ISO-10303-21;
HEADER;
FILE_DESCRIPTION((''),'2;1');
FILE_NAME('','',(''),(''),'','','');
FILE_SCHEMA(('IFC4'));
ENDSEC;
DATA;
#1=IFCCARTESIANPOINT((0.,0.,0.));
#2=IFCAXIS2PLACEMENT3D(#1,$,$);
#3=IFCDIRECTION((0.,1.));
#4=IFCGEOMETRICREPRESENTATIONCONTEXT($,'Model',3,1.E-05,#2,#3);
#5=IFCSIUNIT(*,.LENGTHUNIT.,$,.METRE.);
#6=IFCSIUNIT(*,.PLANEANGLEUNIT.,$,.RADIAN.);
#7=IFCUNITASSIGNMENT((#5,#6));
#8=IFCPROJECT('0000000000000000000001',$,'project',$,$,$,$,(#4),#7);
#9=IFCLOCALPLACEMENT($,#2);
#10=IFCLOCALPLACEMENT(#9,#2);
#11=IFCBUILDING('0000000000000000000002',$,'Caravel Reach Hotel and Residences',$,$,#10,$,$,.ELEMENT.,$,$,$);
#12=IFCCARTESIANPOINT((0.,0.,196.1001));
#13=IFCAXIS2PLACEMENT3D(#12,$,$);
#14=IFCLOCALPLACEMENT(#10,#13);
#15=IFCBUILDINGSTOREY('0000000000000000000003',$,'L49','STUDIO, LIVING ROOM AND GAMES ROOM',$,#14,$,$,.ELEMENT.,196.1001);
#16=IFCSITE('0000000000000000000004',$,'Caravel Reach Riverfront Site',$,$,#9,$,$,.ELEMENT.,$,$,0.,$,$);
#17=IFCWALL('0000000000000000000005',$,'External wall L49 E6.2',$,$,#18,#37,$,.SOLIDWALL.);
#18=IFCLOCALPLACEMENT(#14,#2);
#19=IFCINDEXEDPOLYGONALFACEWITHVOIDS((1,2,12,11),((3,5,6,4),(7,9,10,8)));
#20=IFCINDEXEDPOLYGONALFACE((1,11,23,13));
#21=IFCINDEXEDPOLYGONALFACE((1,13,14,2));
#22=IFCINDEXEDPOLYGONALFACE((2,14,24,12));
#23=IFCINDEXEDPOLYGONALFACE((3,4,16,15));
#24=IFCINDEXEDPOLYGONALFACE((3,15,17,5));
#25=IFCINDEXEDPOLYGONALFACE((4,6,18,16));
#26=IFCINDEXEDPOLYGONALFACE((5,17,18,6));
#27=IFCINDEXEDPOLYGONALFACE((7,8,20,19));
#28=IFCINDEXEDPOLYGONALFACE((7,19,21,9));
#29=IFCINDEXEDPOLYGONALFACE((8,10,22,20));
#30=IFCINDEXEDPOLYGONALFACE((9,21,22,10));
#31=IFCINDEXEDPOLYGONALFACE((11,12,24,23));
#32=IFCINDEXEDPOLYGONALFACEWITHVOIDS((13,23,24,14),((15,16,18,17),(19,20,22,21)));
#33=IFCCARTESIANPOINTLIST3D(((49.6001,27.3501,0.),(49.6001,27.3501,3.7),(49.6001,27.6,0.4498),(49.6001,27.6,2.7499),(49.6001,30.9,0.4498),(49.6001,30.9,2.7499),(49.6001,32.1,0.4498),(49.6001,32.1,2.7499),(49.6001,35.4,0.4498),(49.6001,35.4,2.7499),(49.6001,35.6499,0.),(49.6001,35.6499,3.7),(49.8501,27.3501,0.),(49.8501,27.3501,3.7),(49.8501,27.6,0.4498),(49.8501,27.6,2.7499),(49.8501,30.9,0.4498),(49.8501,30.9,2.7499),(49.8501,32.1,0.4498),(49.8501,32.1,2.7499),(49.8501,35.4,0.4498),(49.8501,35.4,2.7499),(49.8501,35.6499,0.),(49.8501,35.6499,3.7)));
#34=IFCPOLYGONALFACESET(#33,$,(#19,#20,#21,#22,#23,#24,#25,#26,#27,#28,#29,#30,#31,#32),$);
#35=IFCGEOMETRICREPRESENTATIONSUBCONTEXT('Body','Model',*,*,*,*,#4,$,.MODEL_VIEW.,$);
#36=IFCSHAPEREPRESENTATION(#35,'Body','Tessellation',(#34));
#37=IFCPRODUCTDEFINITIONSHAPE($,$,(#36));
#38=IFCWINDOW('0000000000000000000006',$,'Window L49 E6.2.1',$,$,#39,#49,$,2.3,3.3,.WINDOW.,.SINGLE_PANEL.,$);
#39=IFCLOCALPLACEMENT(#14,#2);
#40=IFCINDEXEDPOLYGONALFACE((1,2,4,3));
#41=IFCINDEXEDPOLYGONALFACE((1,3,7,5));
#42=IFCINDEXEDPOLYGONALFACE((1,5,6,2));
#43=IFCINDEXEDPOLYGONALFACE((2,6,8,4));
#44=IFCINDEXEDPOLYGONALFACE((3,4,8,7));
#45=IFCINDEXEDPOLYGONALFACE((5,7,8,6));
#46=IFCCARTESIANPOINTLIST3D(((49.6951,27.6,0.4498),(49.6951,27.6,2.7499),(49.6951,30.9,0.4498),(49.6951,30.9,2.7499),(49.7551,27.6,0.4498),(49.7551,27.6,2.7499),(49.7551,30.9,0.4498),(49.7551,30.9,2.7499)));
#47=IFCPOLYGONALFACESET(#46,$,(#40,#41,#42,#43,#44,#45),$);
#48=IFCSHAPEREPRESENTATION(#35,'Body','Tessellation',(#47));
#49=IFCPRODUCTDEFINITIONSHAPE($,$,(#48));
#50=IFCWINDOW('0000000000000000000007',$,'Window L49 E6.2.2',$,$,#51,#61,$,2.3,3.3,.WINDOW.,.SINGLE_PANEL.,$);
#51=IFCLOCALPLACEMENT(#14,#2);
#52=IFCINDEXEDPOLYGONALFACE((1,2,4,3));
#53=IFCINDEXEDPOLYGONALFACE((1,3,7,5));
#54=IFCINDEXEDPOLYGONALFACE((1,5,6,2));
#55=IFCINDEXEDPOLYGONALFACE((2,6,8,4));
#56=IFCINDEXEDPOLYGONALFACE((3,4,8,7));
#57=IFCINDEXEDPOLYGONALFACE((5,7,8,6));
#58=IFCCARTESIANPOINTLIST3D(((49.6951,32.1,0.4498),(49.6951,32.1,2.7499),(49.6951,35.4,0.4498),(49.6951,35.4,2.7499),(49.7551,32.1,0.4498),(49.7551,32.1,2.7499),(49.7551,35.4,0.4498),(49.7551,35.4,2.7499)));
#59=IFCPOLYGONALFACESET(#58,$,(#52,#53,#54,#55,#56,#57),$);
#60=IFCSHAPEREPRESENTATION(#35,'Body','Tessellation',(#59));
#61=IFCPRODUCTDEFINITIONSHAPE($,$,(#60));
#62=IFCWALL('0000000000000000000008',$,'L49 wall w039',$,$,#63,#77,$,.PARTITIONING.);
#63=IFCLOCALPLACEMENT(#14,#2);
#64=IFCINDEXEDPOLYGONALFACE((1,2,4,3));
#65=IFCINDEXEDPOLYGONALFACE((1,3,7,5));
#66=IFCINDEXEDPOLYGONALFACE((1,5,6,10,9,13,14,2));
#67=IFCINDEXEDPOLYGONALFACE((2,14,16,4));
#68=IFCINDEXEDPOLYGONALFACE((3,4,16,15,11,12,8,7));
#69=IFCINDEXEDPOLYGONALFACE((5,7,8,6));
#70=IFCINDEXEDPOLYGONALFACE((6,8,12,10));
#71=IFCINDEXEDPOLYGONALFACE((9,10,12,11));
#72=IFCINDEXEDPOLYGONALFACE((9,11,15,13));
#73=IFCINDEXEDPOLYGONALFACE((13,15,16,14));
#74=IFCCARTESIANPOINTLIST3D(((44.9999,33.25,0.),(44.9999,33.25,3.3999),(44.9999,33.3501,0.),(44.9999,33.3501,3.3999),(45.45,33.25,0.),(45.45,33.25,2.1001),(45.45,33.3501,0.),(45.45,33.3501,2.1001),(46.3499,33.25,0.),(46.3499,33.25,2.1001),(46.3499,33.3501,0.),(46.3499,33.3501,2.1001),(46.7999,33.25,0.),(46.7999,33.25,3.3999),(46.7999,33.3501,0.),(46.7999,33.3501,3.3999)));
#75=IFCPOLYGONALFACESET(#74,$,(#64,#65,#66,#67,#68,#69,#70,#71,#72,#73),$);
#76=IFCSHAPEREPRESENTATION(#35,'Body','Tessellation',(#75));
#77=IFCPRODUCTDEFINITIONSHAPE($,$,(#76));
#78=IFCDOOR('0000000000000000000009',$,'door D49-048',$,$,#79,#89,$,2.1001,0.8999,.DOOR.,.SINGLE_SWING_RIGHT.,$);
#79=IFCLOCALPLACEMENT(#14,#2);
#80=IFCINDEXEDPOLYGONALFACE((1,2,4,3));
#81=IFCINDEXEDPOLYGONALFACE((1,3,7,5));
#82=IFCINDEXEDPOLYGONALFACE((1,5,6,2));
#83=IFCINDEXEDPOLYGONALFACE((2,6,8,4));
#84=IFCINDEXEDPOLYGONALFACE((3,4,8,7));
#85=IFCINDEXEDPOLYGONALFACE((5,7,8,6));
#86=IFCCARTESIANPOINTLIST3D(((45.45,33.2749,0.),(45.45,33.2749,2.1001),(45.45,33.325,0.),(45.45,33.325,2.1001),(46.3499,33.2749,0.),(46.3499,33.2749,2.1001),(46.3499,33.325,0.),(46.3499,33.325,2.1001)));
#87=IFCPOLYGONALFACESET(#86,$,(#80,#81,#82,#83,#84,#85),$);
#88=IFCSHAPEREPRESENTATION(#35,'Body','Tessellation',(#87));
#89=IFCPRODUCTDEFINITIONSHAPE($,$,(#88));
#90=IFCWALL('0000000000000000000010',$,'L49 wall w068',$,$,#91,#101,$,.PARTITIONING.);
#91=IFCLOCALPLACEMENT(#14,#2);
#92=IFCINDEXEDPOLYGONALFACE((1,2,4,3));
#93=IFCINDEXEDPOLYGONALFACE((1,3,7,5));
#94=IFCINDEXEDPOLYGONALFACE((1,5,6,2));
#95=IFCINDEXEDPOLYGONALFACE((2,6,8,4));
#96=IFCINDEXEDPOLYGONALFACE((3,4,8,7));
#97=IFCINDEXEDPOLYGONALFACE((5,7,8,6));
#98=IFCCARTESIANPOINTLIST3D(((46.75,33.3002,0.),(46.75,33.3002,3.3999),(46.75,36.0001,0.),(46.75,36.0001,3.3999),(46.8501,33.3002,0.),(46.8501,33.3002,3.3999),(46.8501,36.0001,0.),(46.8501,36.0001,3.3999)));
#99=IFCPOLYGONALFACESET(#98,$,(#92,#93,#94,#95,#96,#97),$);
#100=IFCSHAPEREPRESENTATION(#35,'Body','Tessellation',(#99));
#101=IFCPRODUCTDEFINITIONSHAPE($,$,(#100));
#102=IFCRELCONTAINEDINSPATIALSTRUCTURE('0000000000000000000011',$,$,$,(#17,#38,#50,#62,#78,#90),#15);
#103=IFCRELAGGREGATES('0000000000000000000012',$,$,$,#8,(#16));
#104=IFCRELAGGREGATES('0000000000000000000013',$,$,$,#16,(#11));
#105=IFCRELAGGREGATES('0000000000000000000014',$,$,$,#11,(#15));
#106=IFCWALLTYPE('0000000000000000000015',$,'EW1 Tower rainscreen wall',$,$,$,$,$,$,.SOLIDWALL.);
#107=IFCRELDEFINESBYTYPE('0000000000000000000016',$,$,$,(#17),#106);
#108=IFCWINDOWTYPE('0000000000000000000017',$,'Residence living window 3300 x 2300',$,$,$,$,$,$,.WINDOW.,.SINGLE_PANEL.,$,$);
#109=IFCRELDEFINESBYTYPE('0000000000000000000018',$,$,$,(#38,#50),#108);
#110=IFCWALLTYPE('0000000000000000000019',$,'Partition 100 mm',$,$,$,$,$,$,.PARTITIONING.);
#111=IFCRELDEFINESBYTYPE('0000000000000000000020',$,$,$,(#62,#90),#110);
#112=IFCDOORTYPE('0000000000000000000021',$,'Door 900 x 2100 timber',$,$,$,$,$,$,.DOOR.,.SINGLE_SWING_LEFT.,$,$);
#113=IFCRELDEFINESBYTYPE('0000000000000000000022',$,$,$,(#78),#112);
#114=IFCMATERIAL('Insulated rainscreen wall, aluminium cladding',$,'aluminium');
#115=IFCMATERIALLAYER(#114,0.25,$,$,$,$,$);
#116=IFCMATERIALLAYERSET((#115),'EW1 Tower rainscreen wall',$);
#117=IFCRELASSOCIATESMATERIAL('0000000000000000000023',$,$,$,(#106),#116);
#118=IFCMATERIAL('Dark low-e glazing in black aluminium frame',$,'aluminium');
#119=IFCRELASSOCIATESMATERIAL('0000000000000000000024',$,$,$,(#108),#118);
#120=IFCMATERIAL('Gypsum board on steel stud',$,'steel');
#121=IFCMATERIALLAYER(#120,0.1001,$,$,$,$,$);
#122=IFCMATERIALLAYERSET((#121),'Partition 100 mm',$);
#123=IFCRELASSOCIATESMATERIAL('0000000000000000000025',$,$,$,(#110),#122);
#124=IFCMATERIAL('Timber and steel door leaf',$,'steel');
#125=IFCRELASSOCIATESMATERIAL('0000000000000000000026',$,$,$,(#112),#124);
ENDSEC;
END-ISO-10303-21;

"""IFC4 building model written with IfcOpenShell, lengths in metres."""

from ifc_helpers import new_model, si_unit, direction, frame, frame_2d, origin, place, context, subcontext, project, spatial, rectangle, extrude, material, layer, layer_set, type_object, element, fill, save


model = new_model("IFC4")

# Units and contexts
model_context = context("Model", 3, precision=1e-05, world=origin(), true_north=direction((0.0, 1.0)))
body_context = subcontext(model_context, "Body", "Model", "MODEL_VIEW")
ifc_project = project(units=[si_unit("LENGTHUNIT", "METRE"), si_unit("PLANEANGLEUNIT", "RADIAN")], contexts=[model_context])

# Site, building, storey
site_placement = place(None, origin())
site = spatial("IfcSite", under=ifc_project, at=site_placement, Name="Caravel Reach Riverfront Site", CompositionType="ELEMENT", RefElevation=0.0)
building_placement = place(site_placement, origin())
building = spatial("IfcBuilding", under=site, at=building_placement, Name="Caravel Reach Hotel and Residences", CompositionType="ELEMENT")
storey_placement = place(building_placement, frame((0.0, 0.0, 196.1001)))
storey = spatial("IfcBuildingStorey", under=building, at=storey_placement, Name="L49", Description="STUDIO, LIVING ROOM AND GAMES ROOM", CompositionType="ELEMENT", Elevation=196.1001)

# Wall, openings, windows
ifc_material_1 = material(Name="Insulated rainscreen wall, aluminium cladding", Category="aluminium")
ifc_layer_1 = layer(ifc_material_1, 0.25)
ifc_layer_set_1 = layer_set([ifc_layer_1], Name="EW1 Tower rainscreen wall")
wall_type_1 = type_object("IfcWallType", Name="EW1 Tower rainscreen wall", PredefinedType="SOLIDWALL", material=ifc_layer_set_1)
ifc_material_2 = material(Name="Dark low-e glazing in black aluminium frame", Category="aluminium")
window_type = type_object("IfcWindowType", Name="Residence living window 3300 x 2300", PartitioningType="SINGLE_PANEL", PredefinedType="WINDOW", material=ifc_material_2)
wall_1_placement = place(storey_placement, frame((49.7251, 27.3501, 0.0), z_axis=(0.0, 0.0, 1.0), x_axis=(0.0, 1.0, 0.0)))
wall_1 = element("IfcWall", 1, at=wall_1_placement, inside=storey, type_object=wall_type_1, Name="External wall L49 E6.2", PredefinedType="SOLIDWALL", context=body_context, shape_type="SweptSolid", body=[
    extrude(rectangle(XDim=8.2998, YDim=0.25, at=frame_2d((4.1499, 0.0))), origin(), (0.0, 0.0, 1.0), 3.7),
])
opening_1_placement = place(wall_1_placement, frame((0.25, 0.0, 0.45)))
opening_1 = element("IfcOpeningElement", 2, at=opening_1_placement, cuts=wall_1, PredefinedType="OPENING", context=body_context, shape_type="SweptSolid", body=[
    extrude(rectangle(XDim=3.3, YDim=2.3, at=frame_2d((1.6499, 1.1499))), frame((0.0, 0.135, 0.0), z_axis=(0.0, -1.0, 0.0), x_axis=(1.0, 0.0, 0.0)), (0.0, 0.0, 1.0), 0.27),
])
opening_2_placement = place(wall_1_placement, frame((4.75, 0.0, 0.45)))
opening_2 = element("IfcOpeningElement", 3, at=opening_2_placement, cuts=wall_1, PredefinedType="OPENING", context=body_context, shape_type="SweptSolid", body=[
    extrude(rectangle(XDim=3.3, YDim=2.3, at=frame_2d((1.6499, 1.1499))), frame((0.0, 0.135, 0.0), z_axis=(0.0, -1.0, 0.0), x_axis=(1.0, 0.0, 0.0)), (0.0, 0.0, 1.0), 0.27),
])
window_1_placement = place(opening_1_placement, origin())
window_1 = element("IfcWindow", 4, at=window_1_placement, inside=storey, type_object=window_type, Name="Window L49 E6.2.1", OverallHeight=2.3, OverallWidth=3.3, PartitioningType="SINGLE_PANEL", PredefinedType="WINDOW", context=body_context, shape_type="SweptSolid", body=[
    extrude(rectangle(XDim=3.3, YDim=2.3, at=frame_2d((1.6499, 1.1499))), frame((0.0, 0.03, 0.0), z_axis=(0.0, -1.0, 0.0), x_axis=(1.0, 0.0, 0.0)), (0.0, 0.0, 1.0), 0.0601),
])
fill(opening_1, window_1)
window_2_placement = place(opening_2_placement, origin())
window_2 = element("IfcWindow", 5, at=window_2_placement, inside=storey, type_object=window_type, Name="Window L49 E6.2.2", OverallHeight=2.3, OverallWidth=3.3, PartitioningType="SINGLE_PANEL", PredefinedType="WINDOW", context=body_context, shape_type="SweptSolid", body=[
    extrude(rectangle(XDim=3.3, YDim=2.3, at=frame_2d((1.6499, 1.1499))), frame((0.0, 0.03, 0.0), z_axis=(0.0, -1.0, 0.0), x_axis=(1.0, 0.0, 0.0)), (0.0, 0.0, 1.0), 0.0601),
])
fill(opening_2, window_2)

# Wall, opening, door
ifc_material_3 = material(Name="Gypsum board on steel stud", Category="steel")
ifc_layer_2 = layer(ifc_material_3, 0.1001)
ifc_layer_set_2 = layer_set([ifc_layer_2], Name="Partition 100 mm")
wall_type_2 = type_object("IfcWallType", Name="Partition 100 mm", PredefinedType="PARTITIONING", material=ifc_layer_set_2)
wall_2_placement = place(storey_placement, frame((45.0, 33.3, 0.0), z_axis=(0.0, 0.0, 1.0), x_axis=(1.0, 0.0, 0.0)))
wall_2 = element("IfcWall", 6, at=wall_2_placement, inside=storey, type_object=wall_type_2, Name="L49 wall w039", PredefinedType="PARTITIONING", context=body_context, shape_type="SweptSolid", body=[
    extrude(rectangle(XDim=1.8, YDim=0.1001, at=frame_2d((0.8999, 0.0))), origin(), (0.0, 0.0, 1.0), 3.3999),
])
opening_3_placement = place(wall_2_placement, frame((0.45, 0.0, 0.0)))
opening_3 = element("IfcOpeningElement", 7, at=opening_3_placement, cuts=wall_2, PredefinedType="OPENING", context=body_context, shape_type="SweptSolid", body=[
    extrude(rectangle(XDim=0.8999, YDim=2.1001, at=frame_2d((0.45, 1.05))), frame((0.0, 0.0601, 0.0), z_axis=(0.0, -1.0, 0.0), x_axis=(1.0, 0.0, 0.0)), (0.0, 0.0, 1.0), 0.1201),
])
ifc_material_4 = material(Name="Timber and steel door leaf", Category="steel")
door_type_1 = type_object("IfcDoorType", Name="Door 900 x 2100 timber", OperationType="SINGLE_SWING_LEFT", PredefinedType="DOOR", material=ifc_material_4)
door_1_placement = place(opening_3_placement, origin())
door_1 = element("IfcDoor", 8, at=door_1_placement, inside=storey, type_object=door_type_1, Name="door D49-048", OperationType="SINGLE_SWING_RIGHT", OverallHeight=2.1001, OverallWidth=0.8999, PredefinedType="DOOR", context=body_context, shape_type="SweptSolid", body=[
    extrude(rectangle(XDim=0.8999, YDim=2.1001, at=frame_2d((0.45, 1.05))), frame((0.0, 0.0249, 0.0), z_axis=(0.0, -1.0, 0.0), x_axis=(1.0, 0.0, 0.0)), (0.0, 0.0, 1.0), 0.05),
])
fill(opening_3, door_1)

# Wall
wall_3_placement = place(storey_placement, frame((46.8, 33.3, 0.0), z_axis=(0.0, 0.0, 1.0), x_axis=(0.0, 1.0, 0.0)))
element("IfcWall", 9, at=wall_3_placement, inside=storey, type_object=wall_type_2, Name="L49 wall w068", PredefinedType="PARTITIONING", context=body_context, shape_type="SweptSolid", body=[
    extrude(rectangle(XDim=2.7, YDim=0.1001, at=frame_2d((1.3501, 0.0))), origin(), (0.0, 0.0, 1.0), 3.3999),
])

save(model, "model.ifc")
